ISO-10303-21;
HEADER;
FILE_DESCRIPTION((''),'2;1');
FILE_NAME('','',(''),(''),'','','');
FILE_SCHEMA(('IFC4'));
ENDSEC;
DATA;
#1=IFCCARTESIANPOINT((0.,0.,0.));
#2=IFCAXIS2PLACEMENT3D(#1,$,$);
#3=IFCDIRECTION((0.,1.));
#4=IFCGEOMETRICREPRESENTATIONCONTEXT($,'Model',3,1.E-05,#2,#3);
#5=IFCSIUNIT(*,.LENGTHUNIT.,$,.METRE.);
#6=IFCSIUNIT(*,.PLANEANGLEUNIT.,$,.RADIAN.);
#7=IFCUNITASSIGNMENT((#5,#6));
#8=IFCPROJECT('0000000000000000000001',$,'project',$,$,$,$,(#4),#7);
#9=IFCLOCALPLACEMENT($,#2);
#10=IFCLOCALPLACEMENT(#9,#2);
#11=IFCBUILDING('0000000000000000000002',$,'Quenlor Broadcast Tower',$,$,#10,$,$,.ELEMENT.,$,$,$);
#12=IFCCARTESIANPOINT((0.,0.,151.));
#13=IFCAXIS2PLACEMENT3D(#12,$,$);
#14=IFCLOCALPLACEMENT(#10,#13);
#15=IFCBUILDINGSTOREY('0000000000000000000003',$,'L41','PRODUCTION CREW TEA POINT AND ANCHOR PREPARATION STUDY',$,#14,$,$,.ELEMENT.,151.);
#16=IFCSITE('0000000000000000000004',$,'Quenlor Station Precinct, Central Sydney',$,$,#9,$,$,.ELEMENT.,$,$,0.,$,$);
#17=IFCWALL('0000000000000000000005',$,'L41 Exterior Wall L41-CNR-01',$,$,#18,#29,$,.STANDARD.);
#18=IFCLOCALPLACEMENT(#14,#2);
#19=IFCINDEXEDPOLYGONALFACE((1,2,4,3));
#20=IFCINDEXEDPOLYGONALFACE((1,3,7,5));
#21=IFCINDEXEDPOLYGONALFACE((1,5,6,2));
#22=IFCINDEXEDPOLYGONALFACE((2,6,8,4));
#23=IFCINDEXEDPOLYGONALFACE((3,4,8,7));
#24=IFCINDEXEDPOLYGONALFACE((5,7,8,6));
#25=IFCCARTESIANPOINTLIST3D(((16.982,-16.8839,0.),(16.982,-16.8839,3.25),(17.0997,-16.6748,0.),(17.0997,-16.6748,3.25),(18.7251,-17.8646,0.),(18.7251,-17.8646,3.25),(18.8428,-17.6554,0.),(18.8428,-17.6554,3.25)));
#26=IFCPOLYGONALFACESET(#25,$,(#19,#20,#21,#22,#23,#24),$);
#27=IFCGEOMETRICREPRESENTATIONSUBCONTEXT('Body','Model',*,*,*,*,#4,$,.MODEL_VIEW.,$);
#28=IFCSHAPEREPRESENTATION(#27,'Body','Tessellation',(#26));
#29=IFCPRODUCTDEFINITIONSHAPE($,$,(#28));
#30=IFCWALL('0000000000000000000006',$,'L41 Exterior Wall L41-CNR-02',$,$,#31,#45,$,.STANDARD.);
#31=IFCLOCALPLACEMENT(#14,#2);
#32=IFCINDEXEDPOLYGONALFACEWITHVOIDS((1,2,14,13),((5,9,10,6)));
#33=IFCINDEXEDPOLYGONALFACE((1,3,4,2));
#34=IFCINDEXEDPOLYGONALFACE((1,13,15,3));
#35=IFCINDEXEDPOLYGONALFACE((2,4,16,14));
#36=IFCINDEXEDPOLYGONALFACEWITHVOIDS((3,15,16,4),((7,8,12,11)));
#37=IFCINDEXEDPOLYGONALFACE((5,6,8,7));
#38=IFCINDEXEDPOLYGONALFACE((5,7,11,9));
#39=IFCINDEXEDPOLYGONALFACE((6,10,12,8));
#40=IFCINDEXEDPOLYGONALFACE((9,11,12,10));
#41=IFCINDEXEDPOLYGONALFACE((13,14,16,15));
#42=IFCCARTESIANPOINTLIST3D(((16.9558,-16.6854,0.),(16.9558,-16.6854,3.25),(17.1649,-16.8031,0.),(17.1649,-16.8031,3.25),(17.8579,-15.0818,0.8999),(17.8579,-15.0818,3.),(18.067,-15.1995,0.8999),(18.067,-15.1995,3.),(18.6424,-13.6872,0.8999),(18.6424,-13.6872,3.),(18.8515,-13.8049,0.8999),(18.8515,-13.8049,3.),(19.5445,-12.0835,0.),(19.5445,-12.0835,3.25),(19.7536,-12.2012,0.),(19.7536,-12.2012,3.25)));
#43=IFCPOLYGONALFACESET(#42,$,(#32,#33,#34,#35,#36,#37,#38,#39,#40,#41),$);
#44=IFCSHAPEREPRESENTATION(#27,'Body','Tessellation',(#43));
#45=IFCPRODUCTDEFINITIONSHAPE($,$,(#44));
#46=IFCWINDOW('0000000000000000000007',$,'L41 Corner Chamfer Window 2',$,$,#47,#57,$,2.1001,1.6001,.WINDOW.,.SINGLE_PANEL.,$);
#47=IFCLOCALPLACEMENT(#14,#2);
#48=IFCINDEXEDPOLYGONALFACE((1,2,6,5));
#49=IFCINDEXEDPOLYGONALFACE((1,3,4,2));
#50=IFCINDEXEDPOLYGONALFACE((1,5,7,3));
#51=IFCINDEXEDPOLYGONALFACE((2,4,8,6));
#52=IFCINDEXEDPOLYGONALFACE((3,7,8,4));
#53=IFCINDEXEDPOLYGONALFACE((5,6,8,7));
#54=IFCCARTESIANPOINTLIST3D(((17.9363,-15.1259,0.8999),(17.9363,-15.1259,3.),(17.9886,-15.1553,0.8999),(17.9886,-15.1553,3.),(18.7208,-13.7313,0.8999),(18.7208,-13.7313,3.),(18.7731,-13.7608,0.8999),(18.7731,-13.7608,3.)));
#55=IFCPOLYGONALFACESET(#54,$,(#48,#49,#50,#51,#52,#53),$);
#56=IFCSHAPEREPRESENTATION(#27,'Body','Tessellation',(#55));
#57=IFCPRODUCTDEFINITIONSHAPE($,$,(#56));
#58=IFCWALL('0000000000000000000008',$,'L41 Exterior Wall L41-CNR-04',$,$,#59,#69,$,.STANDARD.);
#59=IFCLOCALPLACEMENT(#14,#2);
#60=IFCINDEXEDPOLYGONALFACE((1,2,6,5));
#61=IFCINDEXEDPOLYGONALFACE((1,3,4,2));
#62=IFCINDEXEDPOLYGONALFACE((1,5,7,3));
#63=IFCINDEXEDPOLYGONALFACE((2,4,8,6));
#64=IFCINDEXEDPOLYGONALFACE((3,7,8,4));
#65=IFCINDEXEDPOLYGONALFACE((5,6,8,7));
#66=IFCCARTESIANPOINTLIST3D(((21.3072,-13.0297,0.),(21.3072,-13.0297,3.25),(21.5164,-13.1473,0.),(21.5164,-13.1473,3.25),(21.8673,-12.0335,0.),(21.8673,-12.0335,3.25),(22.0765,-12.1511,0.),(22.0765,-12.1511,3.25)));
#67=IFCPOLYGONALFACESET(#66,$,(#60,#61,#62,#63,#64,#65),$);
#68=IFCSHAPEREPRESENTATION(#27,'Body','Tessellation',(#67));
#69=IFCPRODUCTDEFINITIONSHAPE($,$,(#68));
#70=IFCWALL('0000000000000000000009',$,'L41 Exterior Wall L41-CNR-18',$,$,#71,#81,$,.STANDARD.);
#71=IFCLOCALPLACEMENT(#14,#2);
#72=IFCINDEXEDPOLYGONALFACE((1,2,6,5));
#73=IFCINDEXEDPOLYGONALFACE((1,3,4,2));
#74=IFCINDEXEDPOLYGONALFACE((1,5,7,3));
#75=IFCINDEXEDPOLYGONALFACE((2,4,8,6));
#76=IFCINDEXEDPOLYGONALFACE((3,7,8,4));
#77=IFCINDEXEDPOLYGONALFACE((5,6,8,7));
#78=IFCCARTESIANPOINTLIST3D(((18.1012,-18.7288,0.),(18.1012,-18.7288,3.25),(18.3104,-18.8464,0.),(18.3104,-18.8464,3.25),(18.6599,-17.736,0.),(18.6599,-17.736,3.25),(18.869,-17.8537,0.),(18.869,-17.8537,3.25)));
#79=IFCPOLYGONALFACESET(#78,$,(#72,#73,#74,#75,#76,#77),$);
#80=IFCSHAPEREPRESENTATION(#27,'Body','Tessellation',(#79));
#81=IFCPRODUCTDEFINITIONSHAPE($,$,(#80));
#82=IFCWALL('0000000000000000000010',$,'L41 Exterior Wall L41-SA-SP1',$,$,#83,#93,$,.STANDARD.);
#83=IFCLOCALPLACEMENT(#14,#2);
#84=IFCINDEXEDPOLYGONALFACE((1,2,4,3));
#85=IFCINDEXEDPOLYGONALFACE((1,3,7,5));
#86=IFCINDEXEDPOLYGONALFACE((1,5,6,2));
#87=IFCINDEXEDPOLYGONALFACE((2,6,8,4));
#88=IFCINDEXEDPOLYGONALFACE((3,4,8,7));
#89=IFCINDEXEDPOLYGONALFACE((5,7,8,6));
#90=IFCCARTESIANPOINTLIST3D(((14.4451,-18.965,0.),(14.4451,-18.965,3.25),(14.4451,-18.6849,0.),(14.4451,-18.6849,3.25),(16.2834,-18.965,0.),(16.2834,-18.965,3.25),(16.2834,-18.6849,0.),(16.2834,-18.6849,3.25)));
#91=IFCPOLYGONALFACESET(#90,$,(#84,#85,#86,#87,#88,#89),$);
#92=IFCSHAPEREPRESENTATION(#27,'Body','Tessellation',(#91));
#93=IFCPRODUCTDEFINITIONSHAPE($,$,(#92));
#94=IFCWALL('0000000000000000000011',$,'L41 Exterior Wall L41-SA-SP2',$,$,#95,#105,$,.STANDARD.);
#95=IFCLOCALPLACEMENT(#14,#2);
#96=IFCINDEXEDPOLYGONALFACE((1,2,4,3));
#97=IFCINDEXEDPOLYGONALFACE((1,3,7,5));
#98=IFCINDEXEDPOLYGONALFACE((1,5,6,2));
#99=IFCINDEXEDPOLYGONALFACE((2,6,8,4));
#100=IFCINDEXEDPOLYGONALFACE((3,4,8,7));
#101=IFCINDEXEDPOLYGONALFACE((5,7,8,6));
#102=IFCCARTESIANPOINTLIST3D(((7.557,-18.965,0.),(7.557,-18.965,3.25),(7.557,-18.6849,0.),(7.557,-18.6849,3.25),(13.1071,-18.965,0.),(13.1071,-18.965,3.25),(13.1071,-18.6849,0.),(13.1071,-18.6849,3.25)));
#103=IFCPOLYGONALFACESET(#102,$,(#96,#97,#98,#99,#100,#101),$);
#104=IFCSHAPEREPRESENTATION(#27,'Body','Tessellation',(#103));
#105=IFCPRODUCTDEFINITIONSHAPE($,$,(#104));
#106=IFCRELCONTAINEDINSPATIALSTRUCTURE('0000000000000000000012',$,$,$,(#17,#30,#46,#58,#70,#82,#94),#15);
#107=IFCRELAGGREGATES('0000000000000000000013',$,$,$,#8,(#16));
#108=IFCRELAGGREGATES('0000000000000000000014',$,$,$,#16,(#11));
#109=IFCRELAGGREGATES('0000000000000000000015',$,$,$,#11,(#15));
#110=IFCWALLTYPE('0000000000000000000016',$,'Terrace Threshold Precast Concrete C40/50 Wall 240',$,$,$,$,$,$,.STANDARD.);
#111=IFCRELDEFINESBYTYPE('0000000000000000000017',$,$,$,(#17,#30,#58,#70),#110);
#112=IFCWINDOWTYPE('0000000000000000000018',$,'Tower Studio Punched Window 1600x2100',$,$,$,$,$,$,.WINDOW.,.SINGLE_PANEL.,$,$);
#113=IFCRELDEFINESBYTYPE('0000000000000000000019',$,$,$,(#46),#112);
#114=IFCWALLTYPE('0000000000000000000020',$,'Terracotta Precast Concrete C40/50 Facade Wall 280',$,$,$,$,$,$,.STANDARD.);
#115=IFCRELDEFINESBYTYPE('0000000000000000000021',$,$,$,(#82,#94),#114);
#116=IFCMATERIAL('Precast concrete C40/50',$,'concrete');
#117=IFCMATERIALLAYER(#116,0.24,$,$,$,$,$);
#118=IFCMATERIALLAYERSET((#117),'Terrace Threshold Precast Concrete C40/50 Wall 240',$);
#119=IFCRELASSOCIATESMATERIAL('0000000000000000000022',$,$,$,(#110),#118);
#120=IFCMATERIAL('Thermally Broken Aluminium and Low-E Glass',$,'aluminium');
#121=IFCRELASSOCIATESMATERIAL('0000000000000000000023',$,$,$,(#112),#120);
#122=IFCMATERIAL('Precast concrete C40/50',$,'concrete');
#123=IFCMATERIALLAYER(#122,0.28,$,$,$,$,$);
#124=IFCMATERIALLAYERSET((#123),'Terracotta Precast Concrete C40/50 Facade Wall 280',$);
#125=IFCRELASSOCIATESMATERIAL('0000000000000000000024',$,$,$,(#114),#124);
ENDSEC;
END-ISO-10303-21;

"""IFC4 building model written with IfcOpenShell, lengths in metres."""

from ifc_helpers import new_model, si_unit, direction, frame, frame_2d, origin, place, context, subcontext, project, spatial, rectangle, extrude, material, layer, layer_set, type_object, element, fill, save


model = new_model("IFC4")

# Units and contexts
model_context = context("Model", 3, precision=1e-05, world=origin(), true_north=direction((0.0, 1.0)))
body_context = subcontext(model_context, "Body", "Model", "MODEL_VIEW")
ifc_project = project(units=[si_unit("LENGTHUNIT", "METRE"), si_unit("PLANEANGLEUNIT", "RADIAN")], contexts=[model_context])

# Site, building, storey
site_placement = place(None, origin())
site = spatial("IfcSite", under=ifc_project, at=site_placement, Name="Quenlor Station Precinct, Central Sydney", CompositionType="ELEMENT", RefElevation=0.0)
building_placement = place(site_placement, origin())
building = spatial("IfcBuilding", under=site, at=building_placement, Name="Quenlor Broadcast Tower", CompositionType="ELEMENT")
storey_placement = place(building_placement, frame((0.0, 0.0, 151.0)))
storey = spatial("IfcBuildingStorey", under=building, at=storey_placement, Name="L41", Description="PRODUCTION CREW TEA POINT AND ANCHOR PREPARATION STUDY", CompositionType="ELEMENT", Elevation=151.0)

# Wall
ifc_material_1 = material(Name="Precast concrete C40/50", Category="concrete")
ifc_layer_1 = layer(ifc_material_1, 0.24)
ifc_layer_set_1 = layer_set([ifc_layer_1], Name="Terrace Threshold Precast Concrete C40/50 Wall 240")
wall_type_1 = type_object("IfcWallType", Name="Terrace Threshold Precast Concrete C40/50 Wall 240", PredefinedType="STANDARD", material=ifc_layer_set_1)
wall_1_placement = place(storey_placement, frame((18.7839, -17.76, 0.0), z_axis=(0.0, 0.0, 1.0), x_axis=(-0.871536, 0.490331, 0.0)))
element("IfcWall", 1, at=wall_1_placement, inside=storey, type_object=wall_type_1, Name="L41 Exterior Wall L41-CNR-01", PredefinedType="STANDARD", context=body_context, shape_type="SweptSolid", body=[
    extrude(rectangle(XDim=2.0, YDim=0.24, at=frame_2d((1.0, 0.0))), origin(), (0.0, 0.0, 1.0), 3.25),
])

# Wall, opening, window
wall_2_placement = place(storey_placement, frame((17.0603, -16.7444, 0.0), z_axis=(0.0, 0.0, 1.0), x_axis=(0.490277, 0.871567, 0.0)))
wall_2 = element("IfcWall", 2, at=wall_2_placement, inside=storey, type_object=wall_type_1, Name="L41 Exterior Wall L41-CNR-02", PredefinedType="STANDARD", context=body_context, shape_type="SweptSolid", body=[
    extrude(rectangle(XDim=5.28, YDim=0.24, at=frame_2d((2.6401, 0.0))), origin(), (0.0, 0.0, 1.0), 3.25),
])
opening_placement = place(wall_2_placement, frame((1.8401, 0.0, 0.8999)))
opening = element("IfcOpeningElement", 3, at=opening_placement, cuts=wall_2, PredefinedType="OPENING", context=body_context, shape_type="SweptSolid", body=[
    extrude(rectangle(XDim=1.6001, YDim=2.1001, at=frame_2d((0.8, 1.05))), frame((0.0, 0.1299, 0.0), z_axis=(0.0, -1.0, 0.0), x_axis=(1.0, 0.0, 0.0)), (0.0, 0.0, 1.0), 0.26),
])
ifc_material_2 = material(Name="Thermally Broken Aluminium and Low-E Glass", Category="aluminium")
window_type = type_object("IfcWindowType", Name="Tower Studio Punched Window 1600x2100", PartitioningType="SINGLE_PANEL", PredefinedType="WINDOW", material=ifc_material_2)
window_placement = place(opening_placement, origin())
window = element("IfcWindow", 4, at=window_placement, inside=storey, type_object=window_type, Name="L41 Corner Chamfer Window 2", OverallHeight=2.1001, OverallWidth=1.6001, PartitioningType="SINGLE_PANEL", PredefinedType="WINDOW", context=body_context, shape_type="SweptSolid", body=[
    extrude(rectangle(XDim=1.6001, YDim=2.1001, at=frame_2d((0.8, 1.05))), frame((0.0, 0.03, 0.0), z_axis=(0.0, -1.0, 0.0), x_axis=(1.0, 0.0, 0.0)), (0.0, 0.0, 1.0), 0.0601),
])
fill(opening, window)

# Walls
wall_3_placement = place(storey_placement, frame((21.4119, -13.0884, 0.0), z_axis=(0.0, 0.0, 1.0), x_axis=(0.490099, 0.871667, 0.0)))
element("IfcWall", 5, at=wall_3_placement, inside=storey, type_object=wall_type_1, Name="L41 Exterior Wall L41-CNR-04", PredefinedType="STANDARD", context=body_context, shape_type="SweptSolid", body=[
    extrude(rectangle(XDim=1.1428, YDim=0.24, at=frame_2d((0.5713, 0.0))), origin(), (0.0, 0.0, 1.0), 3.25),
])
wall_4_placement = place(storey_placement, frame((18.2058, -18.7876, 0.0), z_axis=(0.0, 0.0, 1.0), x_axis=(0.490404, 0.871495, 0.0)))
element("IfcWall", 6, at=wall_4_placement, inside=storey, type_object=wall_type_1, Name="L41 Exterior Wall L41-CNR-18", PredefinedType="STANDARD", context=body_context, shape_type="SweptSolid", body=[
    extrude(rectangle(XDim=1.1392, YDim=0.24, at=frame_2d((0.5696, 0.0))), origin(), (0.0, 0.0, 1.0), 3.25),
])
ifc_material_3 = material(Name="Precast concrete C40/50", Category="concrete")
ifc_layer_2 = layer(ifc_material_3, 0.28)
ifc_layer_set_2 = layer_set([ifc_layer_2], Name="Terracotta Precast Concrete C40/50 Facade Wall 280")
wall_type_2 = type_object("IfcWallType", Name="Terracotta Precast Concrete C40/50 Facade Wall 280", PredefinedType="STANDARD", material=ifc_layer_set_2)
wall_5_placement = place(storey_placement, frame((16.2834, -18.825, 0.0), z_axis=(0.0, 0.0, 1.0), x_axis=(-1.0, 0.0, 0.0)))
element("IfcWall", 7, at=wall_5_placement, inside=storey, type_object=wall_type_2, Name="L41 Exterior Wall L41-SA-SP1", PredefinedType="STANDARD", context=body_context, shape_type="SweptSolid", body=[
    extrude(rectangle(XDim=1.8384, YDim=0.28, at=frame_2d((0.9192, 0.0))), origin(), (0.0, 0.0, 1.0), 3.25),
])
wall_6_placement = place(storey_placement, frame((13.1069, -18.825, 0.0), z_axis=(0.0, 0.0, 1.0), x_axis=(-1.0, 0.0, 0.0)))
element("IfcWall", 8, at=wall_6_placement, inside=storey, type_object=wall_type_2, Name="L41 Exterior Wall L41-SA-SP2", PredefinedType="STANDARD", context=body_context, shape_type="SweptSolid", body=[
    extrude(rectangle(XDim=5.55, YDim=0.28, at=frame_2d((2.7749, 0.0))), origin(), (0.0, 0.0, 1.0), 3.25),
])

save(model, "model.ifc")
